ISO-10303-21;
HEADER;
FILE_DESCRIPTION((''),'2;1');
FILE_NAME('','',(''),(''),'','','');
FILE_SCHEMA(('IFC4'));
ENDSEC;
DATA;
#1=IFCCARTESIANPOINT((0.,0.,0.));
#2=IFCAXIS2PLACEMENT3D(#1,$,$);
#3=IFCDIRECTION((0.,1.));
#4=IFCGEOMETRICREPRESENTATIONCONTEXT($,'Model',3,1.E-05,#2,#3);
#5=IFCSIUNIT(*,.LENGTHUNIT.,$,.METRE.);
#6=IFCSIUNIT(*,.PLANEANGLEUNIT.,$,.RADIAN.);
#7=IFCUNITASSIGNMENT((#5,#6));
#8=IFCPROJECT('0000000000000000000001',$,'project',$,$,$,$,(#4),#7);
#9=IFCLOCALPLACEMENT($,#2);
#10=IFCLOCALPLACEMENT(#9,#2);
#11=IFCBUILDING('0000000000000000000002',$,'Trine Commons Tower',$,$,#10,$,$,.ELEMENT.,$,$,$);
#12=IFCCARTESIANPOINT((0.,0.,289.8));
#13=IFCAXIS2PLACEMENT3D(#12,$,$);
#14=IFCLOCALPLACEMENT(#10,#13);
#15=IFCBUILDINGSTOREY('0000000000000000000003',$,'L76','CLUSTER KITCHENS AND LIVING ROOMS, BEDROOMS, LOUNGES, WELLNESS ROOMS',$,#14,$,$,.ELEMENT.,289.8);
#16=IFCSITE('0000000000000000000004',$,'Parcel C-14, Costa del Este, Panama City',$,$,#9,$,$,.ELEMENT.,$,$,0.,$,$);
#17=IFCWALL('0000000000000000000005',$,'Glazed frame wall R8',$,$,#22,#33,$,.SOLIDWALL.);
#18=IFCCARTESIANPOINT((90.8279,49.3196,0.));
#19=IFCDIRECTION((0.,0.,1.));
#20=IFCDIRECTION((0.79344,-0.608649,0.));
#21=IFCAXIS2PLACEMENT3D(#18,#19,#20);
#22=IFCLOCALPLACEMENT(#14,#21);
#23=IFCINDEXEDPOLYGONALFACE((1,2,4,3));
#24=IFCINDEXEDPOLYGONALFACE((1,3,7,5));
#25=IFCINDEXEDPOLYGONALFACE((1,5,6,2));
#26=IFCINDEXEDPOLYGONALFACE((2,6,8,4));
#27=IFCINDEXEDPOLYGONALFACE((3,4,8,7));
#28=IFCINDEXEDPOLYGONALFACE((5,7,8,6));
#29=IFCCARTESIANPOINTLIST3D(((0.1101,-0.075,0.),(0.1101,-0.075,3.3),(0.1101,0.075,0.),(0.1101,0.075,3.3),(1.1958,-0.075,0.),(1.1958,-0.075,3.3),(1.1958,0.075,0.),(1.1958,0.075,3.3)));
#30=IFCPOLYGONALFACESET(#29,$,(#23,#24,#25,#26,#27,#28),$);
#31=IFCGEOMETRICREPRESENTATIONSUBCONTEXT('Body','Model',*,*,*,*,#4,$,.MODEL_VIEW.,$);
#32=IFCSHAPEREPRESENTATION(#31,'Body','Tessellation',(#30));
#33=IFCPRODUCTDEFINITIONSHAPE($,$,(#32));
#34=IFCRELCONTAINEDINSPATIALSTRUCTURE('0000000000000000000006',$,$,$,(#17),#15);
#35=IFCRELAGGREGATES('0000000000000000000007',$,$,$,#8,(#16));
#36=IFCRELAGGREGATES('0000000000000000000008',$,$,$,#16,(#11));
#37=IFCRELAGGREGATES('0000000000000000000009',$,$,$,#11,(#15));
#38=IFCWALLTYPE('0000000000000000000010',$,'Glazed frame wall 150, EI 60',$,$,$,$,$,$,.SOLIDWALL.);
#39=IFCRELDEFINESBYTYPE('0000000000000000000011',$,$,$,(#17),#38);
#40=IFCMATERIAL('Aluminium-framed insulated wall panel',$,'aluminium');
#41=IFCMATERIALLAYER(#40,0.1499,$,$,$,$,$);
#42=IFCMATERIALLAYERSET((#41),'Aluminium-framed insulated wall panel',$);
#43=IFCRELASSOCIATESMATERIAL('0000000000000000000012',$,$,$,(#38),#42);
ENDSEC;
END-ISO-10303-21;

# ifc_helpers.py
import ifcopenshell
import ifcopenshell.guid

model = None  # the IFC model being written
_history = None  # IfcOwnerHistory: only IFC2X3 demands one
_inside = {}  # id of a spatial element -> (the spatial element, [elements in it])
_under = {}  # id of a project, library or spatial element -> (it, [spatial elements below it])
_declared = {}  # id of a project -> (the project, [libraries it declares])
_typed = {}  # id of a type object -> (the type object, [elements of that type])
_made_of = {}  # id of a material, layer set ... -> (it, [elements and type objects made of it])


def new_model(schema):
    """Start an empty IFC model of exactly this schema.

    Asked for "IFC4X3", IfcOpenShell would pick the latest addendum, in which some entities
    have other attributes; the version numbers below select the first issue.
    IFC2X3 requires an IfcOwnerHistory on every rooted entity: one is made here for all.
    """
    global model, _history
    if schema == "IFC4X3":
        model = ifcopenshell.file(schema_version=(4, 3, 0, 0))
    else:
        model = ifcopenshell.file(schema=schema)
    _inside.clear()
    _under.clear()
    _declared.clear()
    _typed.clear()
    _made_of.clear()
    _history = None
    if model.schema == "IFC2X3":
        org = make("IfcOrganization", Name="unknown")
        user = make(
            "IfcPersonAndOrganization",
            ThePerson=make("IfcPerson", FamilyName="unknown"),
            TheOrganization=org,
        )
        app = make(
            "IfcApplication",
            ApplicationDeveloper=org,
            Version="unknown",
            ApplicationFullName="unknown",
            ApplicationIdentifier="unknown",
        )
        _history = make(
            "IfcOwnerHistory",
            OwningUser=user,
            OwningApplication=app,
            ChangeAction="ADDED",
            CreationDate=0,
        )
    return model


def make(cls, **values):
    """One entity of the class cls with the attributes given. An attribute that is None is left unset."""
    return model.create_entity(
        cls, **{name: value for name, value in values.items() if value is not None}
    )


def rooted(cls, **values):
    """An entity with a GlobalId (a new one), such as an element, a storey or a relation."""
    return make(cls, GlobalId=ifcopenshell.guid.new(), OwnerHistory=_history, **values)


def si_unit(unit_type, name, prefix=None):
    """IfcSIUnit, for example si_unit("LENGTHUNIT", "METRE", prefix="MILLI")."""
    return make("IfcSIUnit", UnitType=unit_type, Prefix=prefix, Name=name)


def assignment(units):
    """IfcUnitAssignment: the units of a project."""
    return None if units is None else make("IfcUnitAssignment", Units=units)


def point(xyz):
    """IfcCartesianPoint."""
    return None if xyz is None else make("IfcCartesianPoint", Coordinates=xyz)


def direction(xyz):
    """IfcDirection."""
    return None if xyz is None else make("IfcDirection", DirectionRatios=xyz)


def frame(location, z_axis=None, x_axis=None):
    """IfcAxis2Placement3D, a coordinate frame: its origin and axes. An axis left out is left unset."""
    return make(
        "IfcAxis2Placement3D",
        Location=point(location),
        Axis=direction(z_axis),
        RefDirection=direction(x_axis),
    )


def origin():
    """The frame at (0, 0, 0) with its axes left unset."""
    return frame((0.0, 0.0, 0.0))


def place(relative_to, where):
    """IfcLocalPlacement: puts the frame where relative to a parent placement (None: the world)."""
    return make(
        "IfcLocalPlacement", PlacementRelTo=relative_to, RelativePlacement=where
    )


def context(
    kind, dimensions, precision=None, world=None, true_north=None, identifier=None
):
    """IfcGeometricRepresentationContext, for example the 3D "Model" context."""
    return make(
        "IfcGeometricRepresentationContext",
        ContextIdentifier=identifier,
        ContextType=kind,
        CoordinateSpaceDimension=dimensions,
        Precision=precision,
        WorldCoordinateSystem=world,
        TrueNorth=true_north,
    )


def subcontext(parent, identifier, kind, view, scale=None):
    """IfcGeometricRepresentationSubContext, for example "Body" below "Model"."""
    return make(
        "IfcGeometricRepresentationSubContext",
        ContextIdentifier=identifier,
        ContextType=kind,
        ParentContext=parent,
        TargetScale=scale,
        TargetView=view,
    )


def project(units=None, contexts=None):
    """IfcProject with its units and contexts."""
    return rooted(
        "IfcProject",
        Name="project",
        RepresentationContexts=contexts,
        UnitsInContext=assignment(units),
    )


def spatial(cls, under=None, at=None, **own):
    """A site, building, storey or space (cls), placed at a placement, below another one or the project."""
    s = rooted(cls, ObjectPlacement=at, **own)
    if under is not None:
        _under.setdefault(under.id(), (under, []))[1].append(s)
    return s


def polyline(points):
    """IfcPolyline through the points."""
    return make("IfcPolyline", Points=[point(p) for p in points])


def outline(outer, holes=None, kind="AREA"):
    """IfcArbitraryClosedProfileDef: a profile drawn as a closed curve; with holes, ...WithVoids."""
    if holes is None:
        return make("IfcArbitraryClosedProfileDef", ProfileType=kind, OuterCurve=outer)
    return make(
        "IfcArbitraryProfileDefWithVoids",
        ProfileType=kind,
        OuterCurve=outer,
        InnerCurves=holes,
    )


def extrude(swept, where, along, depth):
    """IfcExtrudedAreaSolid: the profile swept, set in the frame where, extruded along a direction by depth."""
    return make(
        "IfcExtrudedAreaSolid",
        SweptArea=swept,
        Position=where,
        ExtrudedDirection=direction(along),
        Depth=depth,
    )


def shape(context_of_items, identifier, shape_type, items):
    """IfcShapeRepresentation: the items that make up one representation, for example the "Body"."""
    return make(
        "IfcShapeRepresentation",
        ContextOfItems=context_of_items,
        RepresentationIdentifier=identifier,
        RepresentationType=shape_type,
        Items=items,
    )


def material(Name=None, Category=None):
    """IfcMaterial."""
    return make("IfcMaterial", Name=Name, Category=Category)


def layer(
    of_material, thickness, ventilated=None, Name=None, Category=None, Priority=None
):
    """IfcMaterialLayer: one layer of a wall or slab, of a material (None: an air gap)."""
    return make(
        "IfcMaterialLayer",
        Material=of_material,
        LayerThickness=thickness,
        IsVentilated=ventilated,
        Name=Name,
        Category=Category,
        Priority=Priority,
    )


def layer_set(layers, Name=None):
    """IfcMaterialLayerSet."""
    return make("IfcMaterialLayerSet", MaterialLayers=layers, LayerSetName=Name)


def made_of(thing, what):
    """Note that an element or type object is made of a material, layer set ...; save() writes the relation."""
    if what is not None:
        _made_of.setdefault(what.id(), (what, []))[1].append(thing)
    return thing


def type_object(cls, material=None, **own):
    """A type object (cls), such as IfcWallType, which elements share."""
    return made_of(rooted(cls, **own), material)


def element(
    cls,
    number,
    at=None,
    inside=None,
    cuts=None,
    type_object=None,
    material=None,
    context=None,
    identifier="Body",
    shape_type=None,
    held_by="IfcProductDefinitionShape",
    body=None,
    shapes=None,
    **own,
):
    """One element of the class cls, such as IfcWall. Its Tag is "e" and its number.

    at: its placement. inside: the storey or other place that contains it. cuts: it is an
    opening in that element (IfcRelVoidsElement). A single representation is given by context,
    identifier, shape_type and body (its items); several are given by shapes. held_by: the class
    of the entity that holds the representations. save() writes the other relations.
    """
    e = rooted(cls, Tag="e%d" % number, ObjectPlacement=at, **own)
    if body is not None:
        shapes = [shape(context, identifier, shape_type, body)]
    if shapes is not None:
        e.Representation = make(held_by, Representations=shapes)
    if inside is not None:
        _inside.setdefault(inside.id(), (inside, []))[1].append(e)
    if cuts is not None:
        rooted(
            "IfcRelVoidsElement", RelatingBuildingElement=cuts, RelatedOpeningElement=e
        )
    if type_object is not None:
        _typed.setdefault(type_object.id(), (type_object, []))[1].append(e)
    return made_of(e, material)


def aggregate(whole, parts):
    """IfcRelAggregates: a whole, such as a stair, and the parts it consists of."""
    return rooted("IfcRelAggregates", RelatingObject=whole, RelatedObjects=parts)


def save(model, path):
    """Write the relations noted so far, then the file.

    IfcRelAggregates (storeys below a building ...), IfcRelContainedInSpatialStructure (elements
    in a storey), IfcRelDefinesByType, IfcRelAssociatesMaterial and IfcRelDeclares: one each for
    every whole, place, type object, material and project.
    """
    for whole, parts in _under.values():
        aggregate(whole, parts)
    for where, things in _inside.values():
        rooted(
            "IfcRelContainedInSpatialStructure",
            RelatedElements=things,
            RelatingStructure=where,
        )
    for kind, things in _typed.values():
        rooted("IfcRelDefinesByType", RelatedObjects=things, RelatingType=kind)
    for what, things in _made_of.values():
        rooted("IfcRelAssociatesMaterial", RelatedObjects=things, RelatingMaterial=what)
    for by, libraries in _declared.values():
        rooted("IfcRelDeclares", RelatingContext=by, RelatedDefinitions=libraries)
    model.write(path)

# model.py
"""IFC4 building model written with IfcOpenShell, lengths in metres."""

from ifc_helpers import new_model, si_unit, direction, frame, origin, place, context, subcontext, project, spatial, polyline, outline, extrude, material, layer, layer_set, type_object, element, save


model = new_model("IFC4")

# Units and contexts
model_context = context("Model", 3, precision=1e-05, world=origin(), true_north=direction((0.0, 1.0)))
body_context = subcontext(model_context, "Body", "Model", "MODEL_VIEW")
ifc_project = project(units=[si_unit("LENGTHUNIT", "METRE"), si_unit("PLANEANGLEUNIT", "RADIAN")], contexts=[model_context])

# Site, building, storey
site_placement = place(None, origin())
site = spatial("IfcSite", under=ifc_project, at=site_placement, Name="Parcel C-14, Costa del Este, Panama City", CompositionType="ELEMENT", RefElevation=0.0)
building_placement = place(site_placement, origin())
building = spatial("IfcBuilding", under=site, at=building_placement, Name="Trine Commons Tower", CompositionType="ELEMENT")
storey_placement = place(building_placement, frame((0.0, 0.0, 289.8)))
storey = spatial("IfcBuildingStorey", under=building, at=storey_placement, Name="L76", Description="CLUSTER KITCHENS AND LIVING ROOMS, BEDROOMS, LOUNGES, WELLNESS ROOMS", CompositionType="ELEMENT", Elevation=289.8)

# Shared definitions
ifc_material_1 = material(Name="Aluminium-framed insulated wall panel", Category="aluminium")
ifc_layer_1 = layer(ifc_material_1, 0.1499)
ifc_layer_set_1 = layer_set([ifc_layer_1], Name="Aluminium-framed insulated wall panel")
wall_type_1 = type_object("IfcWallType", Name="Glazed frame wall 150, EI 60", PredefinedType="SOLIDWALL", material=ifc_layer_set_1)

# Wall
wall_1_placement = place(storey_placement, frame((90.8279, 49.3196, 0.0), z_axis=(0.0, 0.0, 1.0), x_axis=(0.79344, -0.608649, 0.0)))
element("IfcWall", 1, at=wall_1_placement, inside=storey, type_object=wall_type_1, Name="Glazed frame wall R8", PredefinedType="SOLIDWALL", context=body_context, shape_type="SweptSolid", body=[
    extrude(outline(polyline([(0.1101, 0.075), (0.1101, -0.075), (1.1958, -0.075), (1.1958, 0.075), (0.1101, 0.075)])), origin(), (0.0, 0.0, 1.0), 3.3),
])

save(model, "model.ifc")
